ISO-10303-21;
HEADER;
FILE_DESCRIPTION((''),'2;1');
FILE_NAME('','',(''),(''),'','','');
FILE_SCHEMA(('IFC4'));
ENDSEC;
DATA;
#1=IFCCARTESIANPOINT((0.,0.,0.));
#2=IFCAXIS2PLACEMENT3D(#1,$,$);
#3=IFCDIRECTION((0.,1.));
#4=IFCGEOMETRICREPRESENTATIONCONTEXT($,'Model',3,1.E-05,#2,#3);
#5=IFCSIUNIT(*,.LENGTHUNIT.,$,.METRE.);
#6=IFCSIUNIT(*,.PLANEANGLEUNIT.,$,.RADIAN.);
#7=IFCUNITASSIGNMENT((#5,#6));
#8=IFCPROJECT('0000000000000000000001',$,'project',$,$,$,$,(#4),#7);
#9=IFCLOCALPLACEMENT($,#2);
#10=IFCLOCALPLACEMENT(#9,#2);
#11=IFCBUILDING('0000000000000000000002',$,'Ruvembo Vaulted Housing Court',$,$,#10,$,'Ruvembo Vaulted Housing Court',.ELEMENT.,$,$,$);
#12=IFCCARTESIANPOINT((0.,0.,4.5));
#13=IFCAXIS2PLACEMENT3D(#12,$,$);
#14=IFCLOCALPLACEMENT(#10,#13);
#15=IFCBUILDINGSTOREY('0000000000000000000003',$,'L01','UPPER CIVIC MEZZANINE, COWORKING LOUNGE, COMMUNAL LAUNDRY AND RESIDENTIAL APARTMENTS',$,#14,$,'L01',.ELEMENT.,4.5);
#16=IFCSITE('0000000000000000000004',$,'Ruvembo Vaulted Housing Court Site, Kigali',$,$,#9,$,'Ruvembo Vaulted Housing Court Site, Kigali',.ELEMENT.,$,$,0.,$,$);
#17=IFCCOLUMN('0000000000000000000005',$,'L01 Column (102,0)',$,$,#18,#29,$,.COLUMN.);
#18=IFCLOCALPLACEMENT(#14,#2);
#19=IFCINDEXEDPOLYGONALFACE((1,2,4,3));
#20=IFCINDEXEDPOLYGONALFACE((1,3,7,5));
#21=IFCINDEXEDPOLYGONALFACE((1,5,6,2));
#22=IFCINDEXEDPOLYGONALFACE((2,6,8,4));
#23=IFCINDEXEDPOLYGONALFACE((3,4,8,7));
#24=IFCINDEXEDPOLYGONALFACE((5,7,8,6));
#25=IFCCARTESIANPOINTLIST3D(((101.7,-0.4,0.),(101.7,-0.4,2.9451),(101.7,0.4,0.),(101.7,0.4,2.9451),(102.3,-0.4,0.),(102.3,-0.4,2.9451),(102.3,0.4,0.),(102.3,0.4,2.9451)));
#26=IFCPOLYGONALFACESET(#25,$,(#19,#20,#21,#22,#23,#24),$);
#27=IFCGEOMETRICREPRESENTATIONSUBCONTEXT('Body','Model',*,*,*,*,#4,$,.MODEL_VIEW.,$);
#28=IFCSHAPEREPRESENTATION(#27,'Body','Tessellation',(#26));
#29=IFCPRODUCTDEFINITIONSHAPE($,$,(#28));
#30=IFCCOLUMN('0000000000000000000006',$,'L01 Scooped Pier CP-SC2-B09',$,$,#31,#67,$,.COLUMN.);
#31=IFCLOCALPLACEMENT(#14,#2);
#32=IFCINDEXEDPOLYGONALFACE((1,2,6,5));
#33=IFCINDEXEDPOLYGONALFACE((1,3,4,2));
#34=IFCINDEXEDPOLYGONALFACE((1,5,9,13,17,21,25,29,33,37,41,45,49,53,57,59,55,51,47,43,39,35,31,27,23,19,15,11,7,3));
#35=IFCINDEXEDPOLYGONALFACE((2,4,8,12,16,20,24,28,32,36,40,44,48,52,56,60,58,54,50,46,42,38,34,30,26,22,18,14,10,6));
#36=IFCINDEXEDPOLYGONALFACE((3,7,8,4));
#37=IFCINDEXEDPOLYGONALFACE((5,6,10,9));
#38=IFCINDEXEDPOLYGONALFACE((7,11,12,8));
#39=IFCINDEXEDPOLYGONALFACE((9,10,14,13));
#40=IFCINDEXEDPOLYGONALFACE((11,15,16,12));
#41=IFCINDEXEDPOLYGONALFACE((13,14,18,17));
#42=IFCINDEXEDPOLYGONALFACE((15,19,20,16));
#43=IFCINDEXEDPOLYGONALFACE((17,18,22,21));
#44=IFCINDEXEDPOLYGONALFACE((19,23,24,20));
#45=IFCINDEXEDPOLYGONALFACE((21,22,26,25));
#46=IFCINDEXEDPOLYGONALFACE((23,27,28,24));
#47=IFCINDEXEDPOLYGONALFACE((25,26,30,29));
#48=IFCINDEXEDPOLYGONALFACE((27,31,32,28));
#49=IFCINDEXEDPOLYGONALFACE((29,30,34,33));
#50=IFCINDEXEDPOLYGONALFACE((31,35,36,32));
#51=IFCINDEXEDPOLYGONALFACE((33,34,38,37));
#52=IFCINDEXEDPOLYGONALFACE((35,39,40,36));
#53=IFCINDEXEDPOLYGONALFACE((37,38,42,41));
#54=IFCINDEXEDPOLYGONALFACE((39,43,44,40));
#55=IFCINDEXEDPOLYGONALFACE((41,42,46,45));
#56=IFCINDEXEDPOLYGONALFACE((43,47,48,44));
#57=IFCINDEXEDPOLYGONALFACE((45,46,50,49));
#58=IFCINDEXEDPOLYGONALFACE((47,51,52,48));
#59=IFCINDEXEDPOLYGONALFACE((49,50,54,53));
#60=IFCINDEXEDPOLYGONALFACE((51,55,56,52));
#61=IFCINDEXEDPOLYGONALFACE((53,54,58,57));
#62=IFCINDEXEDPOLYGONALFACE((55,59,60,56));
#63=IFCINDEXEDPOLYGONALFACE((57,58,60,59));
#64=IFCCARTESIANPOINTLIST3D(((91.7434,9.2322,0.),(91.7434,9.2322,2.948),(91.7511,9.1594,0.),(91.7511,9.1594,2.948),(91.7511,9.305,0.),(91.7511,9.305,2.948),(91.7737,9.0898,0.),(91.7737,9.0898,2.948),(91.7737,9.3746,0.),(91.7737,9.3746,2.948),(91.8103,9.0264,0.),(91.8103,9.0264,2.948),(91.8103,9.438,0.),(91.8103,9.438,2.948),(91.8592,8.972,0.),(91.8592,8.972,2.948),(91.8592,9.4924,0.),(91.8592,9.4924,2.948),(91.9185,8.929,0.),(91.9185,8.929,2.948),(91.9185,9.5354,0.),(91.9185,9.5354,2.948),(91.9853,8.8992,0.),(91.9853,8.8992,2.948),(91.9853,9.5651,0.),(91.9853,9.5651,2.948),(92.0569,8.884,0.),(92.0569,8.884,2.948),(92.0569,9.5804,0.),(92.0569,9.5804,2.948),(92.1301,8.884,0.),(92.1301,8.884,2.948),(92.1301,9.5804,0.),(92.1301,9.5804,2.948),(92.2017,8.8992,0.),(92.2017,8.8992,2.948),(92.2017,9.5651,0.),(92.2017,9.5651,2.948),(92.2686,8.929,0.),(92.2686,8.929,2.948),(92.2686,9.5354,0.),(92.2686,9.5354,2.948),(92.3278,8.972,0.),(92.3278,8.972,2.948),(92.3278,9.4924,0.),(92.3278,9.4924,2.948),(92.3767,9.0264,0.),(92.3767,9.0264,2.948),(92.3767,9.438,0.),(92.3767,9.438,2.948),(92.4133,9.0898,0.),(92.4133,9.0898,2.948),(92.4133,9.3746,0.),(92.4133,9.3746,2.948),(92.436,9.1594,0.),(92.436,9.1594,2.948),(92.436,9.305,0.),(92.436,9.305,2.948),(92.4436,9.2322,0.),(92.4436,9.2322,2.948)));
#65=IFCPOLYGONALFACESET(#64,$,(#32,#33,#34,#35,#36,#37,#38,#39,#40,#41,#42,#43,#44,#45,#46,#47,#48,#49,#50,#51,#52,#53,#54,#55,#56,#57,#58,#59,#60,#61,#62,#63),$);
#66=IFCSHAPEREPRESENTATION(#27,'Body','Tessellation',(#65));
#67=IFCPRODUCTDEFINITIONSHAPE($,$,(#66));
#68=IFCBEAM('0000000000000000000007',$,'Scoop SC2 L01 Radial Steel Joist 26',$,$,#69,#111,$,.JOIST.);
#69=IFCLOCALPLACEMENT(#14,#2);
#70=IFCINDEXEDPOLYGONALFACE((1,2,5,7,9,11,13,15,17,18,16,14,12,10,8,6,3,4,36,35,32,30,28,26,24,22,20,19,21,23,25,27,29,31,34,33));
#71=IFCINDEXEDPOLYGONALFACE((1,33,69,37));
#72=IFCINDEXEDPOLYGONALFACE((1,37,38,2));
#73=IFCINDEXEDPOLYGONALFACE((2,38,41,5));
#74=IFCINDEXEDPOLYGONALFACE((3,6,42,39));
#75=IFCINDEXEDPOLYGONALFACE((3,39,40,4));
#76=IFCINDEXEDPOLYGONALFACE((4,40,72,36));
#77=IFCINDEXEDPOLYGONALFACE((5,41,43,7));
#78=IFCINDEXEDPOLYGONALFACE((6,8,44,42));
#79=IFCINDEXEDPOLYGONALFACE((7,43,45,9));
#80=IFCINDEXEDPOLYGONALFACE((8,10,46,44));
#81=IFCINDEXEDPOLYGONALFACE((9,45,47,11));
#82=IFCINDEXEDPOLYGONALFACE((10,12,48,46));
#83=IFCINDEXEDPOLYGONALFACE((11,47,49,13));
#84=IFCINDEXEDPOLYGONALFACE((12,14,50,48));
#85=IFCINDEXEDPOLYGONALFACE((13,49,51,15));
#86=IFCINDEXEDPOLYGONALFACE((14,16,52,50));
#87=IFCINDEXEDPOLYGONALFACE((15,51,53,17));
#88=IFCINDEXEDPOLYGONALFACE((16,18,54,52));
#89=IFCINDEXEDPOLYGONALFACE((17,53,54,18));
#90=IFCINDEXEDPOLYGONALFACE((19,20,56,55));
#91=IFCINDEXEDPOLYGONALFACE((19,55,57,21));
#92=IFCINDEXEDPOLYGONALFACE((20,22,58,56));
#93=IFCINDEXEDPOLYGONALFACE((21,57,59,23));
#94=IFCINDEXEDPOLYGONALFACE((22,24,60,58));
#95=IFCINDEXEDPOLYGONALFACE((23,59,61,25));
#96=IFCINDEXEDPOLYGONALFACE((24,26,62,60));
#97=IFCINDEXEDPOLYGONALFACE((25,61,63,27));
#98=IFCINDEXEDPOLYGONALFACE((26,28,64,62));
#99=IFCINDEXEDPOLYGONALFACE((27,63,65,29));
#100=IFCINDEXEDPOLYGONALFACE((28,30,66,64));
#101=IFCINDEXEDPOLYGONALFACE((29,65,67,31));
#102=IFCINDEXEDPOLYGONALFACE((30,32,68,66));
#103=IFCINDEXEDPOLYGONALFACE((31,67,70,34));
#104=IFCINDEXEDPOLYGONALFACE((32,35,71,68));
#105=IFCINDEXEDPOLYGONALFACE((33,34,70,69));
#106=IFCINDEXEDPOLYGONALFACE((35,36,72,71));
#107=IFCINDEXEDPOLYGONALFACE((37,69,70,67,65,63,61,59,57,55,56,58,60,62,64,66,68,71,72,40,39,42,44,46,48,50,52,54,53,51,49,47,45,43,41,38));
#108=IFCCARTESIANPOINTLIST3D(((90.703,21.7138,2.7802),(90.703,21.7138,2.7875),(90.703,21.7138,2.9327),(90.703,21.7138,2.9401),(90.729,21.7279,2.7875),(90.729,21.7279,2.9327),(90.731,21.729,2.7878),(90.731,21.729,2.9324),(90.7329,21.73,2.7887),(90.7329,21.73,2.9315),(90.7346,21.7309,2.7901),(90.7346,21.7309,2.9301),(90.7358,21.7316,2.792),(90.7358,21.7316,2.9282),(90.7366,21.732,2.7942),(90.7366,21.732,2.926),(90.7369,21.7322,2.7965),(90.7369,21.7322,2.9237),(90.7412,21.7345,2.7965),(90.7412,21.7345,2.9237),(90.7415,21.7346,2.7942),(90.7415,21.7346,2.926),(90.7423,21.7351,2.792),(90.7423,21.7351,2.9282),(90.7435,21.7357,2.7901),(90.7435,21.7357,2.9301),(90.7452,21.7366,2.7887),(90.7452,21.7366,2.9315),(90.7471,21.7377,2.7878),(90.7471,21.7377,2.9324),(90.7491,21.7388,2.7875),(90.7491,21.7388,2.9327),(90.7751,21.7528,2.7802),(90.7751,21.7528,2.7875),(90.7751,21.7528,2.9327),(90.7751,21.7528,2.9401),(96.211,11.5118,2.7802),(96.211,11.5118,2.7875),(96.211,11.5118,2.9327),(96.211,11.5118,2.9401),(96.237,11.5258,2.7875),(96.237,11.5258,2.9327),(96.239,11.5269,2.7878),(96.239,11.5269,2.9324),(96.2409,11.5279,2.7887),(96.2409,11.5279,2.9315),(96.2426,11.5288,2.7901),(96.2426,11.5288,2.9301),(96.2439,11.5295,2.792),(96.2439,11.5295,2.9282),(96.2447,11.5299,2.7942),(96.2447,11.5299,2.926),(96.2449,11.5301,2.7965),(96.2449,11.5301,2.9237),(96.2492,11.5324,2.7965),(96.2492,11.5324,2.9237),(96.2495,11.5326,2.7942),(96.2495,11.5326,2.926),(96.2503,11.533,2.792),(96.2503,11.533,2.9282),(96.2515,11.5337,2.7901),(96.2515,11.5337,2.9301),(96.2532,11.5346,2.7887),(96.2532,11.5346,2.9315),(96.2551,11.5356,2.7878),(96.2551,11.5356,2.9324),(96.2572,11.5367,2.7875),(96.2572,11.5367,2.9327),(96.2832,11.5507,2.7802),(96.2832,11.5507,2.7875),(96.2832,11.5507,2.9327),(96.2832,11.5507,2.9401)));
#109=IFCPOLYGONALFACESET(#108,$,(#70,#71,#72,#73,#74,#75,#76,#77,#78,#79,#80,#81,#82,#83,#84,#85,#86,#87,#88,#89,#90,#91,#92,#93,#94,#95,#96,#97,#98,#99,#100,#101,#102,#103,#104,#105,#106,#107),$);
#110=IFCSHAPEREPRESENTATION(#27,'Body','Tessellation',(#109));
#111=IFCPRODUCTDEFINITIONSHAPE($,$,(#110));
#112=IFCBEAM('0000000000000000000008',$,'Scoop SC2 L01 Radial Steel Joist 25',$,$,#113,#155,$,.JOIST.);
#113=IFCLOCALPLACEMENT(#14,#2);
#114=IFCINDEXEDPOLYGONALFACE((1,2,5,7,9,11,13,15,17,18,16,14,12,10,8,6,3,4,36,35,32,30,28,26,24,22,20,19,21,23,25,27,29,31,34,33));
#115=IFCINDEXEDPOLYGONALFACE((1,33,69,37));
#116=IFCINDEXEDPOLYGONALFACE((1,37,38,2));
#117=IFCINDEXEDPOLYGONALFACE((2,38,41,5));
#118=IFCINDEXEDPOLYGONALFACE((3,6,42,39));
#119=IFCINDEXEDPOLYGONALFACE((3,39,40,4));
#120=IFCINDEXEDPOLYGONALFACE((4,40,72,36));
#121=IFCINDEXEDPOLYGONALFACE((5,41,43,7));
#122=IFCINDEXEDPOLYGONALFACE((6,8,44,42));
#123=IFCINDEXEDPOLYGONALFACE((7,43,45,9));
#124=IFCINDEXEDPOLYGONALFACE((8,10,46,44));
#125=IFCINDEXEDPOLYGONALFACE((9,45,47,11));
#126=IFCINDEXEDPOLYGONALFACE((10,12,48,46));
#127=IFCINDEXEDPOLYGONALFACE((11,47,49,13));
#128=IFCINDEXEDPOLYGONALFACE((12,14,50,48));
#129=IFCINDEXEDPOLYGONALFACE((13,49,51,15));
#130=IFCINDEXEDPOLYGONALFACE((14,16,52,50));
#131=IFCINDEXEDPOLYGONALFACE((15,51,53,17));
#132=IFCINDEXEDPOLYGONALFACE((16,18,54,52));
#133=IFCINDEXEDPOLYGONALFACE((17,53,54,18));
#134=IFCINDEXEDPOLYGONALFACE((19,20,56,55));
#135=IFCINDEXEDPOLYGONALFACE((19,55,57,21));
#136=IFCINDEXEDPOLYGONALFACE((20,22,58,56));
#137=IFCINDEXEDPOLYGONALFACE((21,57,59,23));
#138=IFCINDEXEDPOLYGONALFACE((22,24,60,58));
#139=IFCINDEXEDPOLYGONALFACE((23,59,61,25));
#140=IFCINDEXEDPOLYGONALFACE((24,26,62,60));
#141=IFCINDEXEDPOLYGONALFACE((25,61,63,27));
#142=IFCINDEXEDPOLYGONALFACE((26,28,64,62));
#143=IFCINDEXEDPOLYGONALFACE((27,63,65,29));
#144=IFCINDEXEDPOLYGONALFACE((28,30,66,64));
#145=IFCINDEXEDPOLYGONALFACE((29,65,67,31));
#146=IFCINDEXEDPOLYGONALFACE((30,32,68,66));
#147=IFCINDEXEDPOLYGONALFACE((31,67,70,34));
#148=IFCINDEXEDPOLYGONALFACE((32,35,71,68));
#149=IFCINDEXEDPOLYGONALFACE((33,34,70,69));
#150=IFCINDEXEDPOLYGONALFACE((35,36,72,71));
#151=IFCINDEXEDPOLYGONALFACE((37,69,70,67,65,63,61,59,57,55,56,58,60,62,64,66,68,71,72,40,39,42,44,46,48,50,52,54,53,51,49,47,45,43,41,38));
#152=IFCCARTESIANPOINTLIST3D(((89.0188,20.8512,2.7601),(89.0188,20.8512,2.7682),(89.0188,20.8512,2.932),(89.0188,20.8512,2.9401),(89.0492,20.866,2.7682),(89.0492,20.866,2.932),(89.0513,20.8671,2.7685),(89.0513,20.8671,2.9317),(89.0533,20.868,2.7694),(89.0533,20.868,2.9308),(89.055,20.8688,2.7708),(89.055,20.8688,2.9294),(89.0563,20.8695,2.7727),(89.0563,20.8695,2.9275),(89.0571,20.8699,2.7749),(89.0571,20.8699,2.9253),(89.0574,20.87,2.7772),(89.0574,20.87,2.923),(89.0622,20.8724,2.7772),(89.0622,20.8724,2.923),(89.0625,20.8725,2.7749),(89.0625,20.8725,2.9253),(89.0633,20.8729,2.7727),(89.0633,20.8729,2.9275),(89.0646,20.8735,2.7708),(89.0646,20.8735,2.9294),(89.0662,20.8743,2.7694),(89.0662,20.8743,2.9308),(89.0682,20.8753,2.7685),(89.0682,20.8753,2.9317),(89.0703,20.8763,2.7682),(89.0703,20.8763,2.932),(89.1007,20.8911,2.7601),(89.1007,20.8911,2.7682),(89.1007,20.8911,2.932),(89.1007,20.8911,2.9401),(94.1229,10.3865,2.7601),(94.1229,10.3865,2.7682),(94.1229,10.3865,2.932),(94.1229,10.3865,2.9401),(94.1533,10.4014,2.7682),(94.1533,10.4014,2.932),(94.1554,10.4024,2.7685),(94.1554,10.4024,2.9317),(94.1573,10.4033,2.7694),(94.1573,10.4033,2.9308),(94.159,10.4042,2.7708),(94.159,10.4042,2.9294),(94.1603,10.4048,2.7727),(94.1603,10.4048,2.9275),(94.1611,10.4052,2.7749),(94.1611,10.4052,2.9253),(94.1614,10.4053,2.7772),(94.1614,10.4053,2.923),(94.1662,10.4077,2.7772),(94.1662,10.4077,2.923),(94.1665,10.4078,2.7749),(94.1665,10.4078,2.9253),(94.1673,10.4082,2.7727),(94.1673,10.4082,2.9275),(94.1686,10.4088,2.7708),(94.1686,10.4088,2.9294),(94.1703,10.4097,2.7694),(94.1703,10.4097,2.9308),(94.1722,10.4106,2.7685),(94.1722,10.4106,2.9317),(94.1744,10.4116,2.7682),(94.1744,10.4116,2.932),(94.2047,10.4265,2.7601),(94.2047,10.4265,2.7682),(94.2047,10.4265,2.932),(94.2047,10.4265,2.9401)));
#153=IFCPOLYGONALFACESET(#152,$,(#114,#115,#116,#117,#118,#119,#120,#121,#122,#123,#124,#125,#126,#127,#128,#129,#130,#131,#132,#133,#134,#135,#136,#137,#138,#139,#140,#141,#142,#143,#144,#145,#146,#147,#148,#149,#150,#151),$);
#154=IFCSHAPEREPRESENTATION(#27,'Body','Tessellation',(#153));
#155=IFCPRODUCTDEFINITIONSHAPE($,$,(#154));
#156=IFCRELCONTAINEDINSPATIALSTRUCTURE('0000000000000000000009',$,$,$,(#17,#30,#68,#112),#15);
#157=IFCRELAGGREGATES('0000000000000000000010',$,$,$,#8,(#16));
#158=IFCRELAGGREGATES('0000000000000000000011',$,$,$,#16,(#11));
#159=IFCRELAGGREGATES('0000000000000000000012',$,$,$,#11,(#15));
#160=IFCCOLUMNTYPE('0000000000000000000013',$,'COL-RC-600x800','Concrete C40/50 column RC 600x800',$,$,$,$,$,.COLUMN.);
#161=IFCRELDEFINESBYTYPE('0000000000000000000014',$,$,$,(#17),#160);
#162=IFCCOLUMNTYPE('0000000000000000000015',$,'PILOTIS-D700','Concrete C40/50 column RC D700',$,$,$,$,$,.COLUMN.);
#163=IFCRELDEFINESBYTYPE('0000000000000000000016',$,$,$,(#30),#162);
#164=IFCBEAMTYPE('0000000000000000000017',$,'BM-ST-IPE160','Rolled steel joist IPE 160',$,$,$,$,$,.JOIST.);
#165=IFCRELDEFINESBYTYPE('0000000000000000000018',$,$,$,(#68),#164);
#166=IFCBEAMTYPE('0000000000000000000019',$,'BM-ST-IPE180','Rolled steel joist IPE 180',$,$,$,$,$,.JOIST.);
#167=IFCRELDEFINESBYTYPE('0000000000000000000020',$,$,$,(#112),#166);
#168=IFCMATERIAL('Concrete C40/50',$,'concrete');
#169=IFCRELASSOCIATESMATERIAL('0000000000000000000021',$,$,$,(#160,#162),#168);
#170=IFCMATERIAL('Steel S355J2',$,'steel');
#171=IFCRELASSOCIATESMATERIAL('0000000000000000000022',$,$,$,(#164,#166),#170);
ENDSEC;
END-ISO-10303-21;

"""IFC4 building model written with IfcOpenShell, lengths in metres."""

from ifc_helpers import new_model, si_unit, direction, frame, origin, origin_2d, place, context, subcontext, project, spatial, rectangle, circle, i_section, extrude, material, material_profile, profile_set, type_object, element, save


model = new_model("IFC4")

# Units and contexts
model_context = context("Model", 3, precision=1e-05, world=origin(), true_north=direction((0.0, 1.0)))
body_context = subcontext(model_context, "Body", "Model", "MODEL_VIEW")
ifc_project = project(units=[si_unit("LENGTHUNIT", "METRE"), si_unit("PLANEANGLEUNIT", "RADIAN")], contexts=[model_context])

# Site, building, storey
site_placement = place(None, origin())
site = spatial("IfcSite", under=ifc_project, at=site_placement, Name="Ruvembo Vaulted Housing Court Site, Kigali", LongName="Ruvembo Vaulted Housing Court Site, Kigali", CompositionType="ELEMENT", RefElevation=0.0)
building_placement = place(site_placement, origin())
building = spatial("IfcBuilding", under=site, at=building_placement, Name="Ruvembo Vaulted Housing Court", LongName="Ruvembo Vaulted Housing Court", CompositionType="ELEMENT")
storey_placement = place(building_placement, frame((0.0, 0.0, 4.5)))
storey = spatial("IfcBuildingStorey", under=building, at=storey_placement, Name="L01", Description="UPPER CIVIC MEZZANINE, COWORKING LOUNGE, COMMUNAL LAUNDRY AND RESIDENTIAL APARTMENTS", LongName="L01", CompositionType="ELEMENT", Elevation=4.5)

# Columns
ifc_material_1 = material(Name="Concrete C40/50", Category="concrete")
ifc_material_profile_1 = material_profile(ifc_material_1, rectangle(XDim=0.6001, YDim=0.8, at=origin_2d()), Name="RC 600x800")
ifc_profile_set_1 = profile_set([ifc_material_profile_1], Name="Concrete C40/50")
column_type_1 = type_object("IfcColumnType", Name="COL-RC-600x800", Description="Concrete C40/50 column RC 600x800", PredefinedType="COLUMN", material=ifc_profile_set_1)
column_1_placement = place(storey_placement, frame((102.0, 0.0, 0.0), z_axis=(0.0, 0.0, 1.0), x_axis=(1.0, 0.0, 0.0)))
element("IfcColumn", 1, at=column_1_placement, inside=storey, type_object=column_type_1, Name="L01 Column (102,0)", PredefinedType="COLUMN", context=body_context, shape_type="SweptSolid", body=[
    extrude(rectangle(XDim=0.6001, YDim=0.8, at=origin_2d()), origin(), (0.0, 0.0, 1.0), 2.9451),
])
ifc_material_profile_2 = material_profile(ifc_material_1, circle(Radius=0.3501, at=origin_2d()), Name="RC D700")
ifc_profile_set_2 = profile_set([ifc_material_profile_2], Name="Concrete C40/50")
column_type_2 = type_object("IfcColumnType", Name="PILOTIS-D700", Description="Concrete C40/50 column RC D700", PredefinedType="COLUMN", material=ifc_profile_set_2)
column_2_placement = place(storey_placement, frame((92.0935, 9.2322, 0.0), z_axis=(0.0, 0.0, 1.0), x_axis=(1.0, 0.0, 0.0)))
element("IfcColumn", 2, at=column_2_placement, inside=storey, type_object=column_type_2, Name="L01 Scooped Pier CP-SC2-B09", PredefinedType="COLUMN", context=body_context, shape_type="SweptSolid", body=[
    extrude(circle(Radius=0.3501, at=origin_2d()), origin(), (0.0, 0.0, 1.0), 2.948),
])

# Beams
ifc_material_2 = material(Name="Steel S355J2", Category="steel")
ifc_material_profile_3 = material_profile(ifc_material_2, i_section(OverallWidth=0.082, OverallDepth=0.1599, WebThickness=0.0049, FlangeThickness=0.0073, FilletRadius=0.009, at=origin_2d()), Name="IPE 160")
ifc_profile_set_3 = profile_set([ifc_material_profile_3], Name="Steel S355J2")
beam_type_1 = type_object("IfcBeamType", Name="BM-ST-IPE160", Description="Rolled steel joist IPE 160", PredefinedType="JOIST", material=ifc_profile_set_3)
beam_1_placement = place(storey_placement, frame((96.2471, 11.5312, 2.8601), z_axis=(-0.475075, 0.879945, 0.0), x_axis=(-0.879945, -0.475075, 0.0)))
element("IfcBeam", 3, at=beam_1_placement, inside=storey, type_object=beam_type_1, Name="Scoop SC2 L01 Radial Steel Joist 26", PredefinedType="JOIST", context=body_context, shape_type="SweptSolid", body=[
    extrude(i_section(OverallWidth=0.082, OverallDepth=0.1599, WebThickness=0.0049, FlangeThickness=0.0073, FilletRadius=0.009, at=origin_2d()), origin(), (0.0, 0.0, 1.0), 11.594),
])
ifc_material_profile_4 = material_profile(ifc_material_2, i_section(OverallWidth=0.0911, OverallDepth=0.1799, WebThickness=0.0054, FlangeThickness=0.0081, FilletRadius=0.009, at=origin_2d()), Name="IPE 180")
ifc_profile_set_4 = profile_set([ifc_material_profile_4], Name="Steel S355J2")
beam_type_2 = type_object("IfcBeamType", Name="BM-ST-IPE180", Description="Rolled steel joist IPE 180", PredefinedType="JOIST", material=ifc_profile_set_4)
beam_2_placement = place(storey_placement, frame((94.1638, 10.4065, 2.8501), z_axis=(-0.438377, 0.898791, 0.0), x_axis=(-0.898791, -0.438377, 0.0)))
element("IfcBeam", 4, at=beam_2_placement, inside=storey, type_object=beam_type_2, Name="Scoop SC2 L01 Radial Steel Joist 25", PredefinedType="JOIST", context=body_context, shape_type="SweptSolid", body=[
    extrude(i_section(OverallWidth=0.0911, OverallDepth=0.1799, WebThickness=0.0054, FlangeThickness=0.0081, FilletRadius=0.009, at=origin_2d()), origin(), (0.0, 0.0, 1.0), 11.6431),
])

save(model, "model.ifc")
